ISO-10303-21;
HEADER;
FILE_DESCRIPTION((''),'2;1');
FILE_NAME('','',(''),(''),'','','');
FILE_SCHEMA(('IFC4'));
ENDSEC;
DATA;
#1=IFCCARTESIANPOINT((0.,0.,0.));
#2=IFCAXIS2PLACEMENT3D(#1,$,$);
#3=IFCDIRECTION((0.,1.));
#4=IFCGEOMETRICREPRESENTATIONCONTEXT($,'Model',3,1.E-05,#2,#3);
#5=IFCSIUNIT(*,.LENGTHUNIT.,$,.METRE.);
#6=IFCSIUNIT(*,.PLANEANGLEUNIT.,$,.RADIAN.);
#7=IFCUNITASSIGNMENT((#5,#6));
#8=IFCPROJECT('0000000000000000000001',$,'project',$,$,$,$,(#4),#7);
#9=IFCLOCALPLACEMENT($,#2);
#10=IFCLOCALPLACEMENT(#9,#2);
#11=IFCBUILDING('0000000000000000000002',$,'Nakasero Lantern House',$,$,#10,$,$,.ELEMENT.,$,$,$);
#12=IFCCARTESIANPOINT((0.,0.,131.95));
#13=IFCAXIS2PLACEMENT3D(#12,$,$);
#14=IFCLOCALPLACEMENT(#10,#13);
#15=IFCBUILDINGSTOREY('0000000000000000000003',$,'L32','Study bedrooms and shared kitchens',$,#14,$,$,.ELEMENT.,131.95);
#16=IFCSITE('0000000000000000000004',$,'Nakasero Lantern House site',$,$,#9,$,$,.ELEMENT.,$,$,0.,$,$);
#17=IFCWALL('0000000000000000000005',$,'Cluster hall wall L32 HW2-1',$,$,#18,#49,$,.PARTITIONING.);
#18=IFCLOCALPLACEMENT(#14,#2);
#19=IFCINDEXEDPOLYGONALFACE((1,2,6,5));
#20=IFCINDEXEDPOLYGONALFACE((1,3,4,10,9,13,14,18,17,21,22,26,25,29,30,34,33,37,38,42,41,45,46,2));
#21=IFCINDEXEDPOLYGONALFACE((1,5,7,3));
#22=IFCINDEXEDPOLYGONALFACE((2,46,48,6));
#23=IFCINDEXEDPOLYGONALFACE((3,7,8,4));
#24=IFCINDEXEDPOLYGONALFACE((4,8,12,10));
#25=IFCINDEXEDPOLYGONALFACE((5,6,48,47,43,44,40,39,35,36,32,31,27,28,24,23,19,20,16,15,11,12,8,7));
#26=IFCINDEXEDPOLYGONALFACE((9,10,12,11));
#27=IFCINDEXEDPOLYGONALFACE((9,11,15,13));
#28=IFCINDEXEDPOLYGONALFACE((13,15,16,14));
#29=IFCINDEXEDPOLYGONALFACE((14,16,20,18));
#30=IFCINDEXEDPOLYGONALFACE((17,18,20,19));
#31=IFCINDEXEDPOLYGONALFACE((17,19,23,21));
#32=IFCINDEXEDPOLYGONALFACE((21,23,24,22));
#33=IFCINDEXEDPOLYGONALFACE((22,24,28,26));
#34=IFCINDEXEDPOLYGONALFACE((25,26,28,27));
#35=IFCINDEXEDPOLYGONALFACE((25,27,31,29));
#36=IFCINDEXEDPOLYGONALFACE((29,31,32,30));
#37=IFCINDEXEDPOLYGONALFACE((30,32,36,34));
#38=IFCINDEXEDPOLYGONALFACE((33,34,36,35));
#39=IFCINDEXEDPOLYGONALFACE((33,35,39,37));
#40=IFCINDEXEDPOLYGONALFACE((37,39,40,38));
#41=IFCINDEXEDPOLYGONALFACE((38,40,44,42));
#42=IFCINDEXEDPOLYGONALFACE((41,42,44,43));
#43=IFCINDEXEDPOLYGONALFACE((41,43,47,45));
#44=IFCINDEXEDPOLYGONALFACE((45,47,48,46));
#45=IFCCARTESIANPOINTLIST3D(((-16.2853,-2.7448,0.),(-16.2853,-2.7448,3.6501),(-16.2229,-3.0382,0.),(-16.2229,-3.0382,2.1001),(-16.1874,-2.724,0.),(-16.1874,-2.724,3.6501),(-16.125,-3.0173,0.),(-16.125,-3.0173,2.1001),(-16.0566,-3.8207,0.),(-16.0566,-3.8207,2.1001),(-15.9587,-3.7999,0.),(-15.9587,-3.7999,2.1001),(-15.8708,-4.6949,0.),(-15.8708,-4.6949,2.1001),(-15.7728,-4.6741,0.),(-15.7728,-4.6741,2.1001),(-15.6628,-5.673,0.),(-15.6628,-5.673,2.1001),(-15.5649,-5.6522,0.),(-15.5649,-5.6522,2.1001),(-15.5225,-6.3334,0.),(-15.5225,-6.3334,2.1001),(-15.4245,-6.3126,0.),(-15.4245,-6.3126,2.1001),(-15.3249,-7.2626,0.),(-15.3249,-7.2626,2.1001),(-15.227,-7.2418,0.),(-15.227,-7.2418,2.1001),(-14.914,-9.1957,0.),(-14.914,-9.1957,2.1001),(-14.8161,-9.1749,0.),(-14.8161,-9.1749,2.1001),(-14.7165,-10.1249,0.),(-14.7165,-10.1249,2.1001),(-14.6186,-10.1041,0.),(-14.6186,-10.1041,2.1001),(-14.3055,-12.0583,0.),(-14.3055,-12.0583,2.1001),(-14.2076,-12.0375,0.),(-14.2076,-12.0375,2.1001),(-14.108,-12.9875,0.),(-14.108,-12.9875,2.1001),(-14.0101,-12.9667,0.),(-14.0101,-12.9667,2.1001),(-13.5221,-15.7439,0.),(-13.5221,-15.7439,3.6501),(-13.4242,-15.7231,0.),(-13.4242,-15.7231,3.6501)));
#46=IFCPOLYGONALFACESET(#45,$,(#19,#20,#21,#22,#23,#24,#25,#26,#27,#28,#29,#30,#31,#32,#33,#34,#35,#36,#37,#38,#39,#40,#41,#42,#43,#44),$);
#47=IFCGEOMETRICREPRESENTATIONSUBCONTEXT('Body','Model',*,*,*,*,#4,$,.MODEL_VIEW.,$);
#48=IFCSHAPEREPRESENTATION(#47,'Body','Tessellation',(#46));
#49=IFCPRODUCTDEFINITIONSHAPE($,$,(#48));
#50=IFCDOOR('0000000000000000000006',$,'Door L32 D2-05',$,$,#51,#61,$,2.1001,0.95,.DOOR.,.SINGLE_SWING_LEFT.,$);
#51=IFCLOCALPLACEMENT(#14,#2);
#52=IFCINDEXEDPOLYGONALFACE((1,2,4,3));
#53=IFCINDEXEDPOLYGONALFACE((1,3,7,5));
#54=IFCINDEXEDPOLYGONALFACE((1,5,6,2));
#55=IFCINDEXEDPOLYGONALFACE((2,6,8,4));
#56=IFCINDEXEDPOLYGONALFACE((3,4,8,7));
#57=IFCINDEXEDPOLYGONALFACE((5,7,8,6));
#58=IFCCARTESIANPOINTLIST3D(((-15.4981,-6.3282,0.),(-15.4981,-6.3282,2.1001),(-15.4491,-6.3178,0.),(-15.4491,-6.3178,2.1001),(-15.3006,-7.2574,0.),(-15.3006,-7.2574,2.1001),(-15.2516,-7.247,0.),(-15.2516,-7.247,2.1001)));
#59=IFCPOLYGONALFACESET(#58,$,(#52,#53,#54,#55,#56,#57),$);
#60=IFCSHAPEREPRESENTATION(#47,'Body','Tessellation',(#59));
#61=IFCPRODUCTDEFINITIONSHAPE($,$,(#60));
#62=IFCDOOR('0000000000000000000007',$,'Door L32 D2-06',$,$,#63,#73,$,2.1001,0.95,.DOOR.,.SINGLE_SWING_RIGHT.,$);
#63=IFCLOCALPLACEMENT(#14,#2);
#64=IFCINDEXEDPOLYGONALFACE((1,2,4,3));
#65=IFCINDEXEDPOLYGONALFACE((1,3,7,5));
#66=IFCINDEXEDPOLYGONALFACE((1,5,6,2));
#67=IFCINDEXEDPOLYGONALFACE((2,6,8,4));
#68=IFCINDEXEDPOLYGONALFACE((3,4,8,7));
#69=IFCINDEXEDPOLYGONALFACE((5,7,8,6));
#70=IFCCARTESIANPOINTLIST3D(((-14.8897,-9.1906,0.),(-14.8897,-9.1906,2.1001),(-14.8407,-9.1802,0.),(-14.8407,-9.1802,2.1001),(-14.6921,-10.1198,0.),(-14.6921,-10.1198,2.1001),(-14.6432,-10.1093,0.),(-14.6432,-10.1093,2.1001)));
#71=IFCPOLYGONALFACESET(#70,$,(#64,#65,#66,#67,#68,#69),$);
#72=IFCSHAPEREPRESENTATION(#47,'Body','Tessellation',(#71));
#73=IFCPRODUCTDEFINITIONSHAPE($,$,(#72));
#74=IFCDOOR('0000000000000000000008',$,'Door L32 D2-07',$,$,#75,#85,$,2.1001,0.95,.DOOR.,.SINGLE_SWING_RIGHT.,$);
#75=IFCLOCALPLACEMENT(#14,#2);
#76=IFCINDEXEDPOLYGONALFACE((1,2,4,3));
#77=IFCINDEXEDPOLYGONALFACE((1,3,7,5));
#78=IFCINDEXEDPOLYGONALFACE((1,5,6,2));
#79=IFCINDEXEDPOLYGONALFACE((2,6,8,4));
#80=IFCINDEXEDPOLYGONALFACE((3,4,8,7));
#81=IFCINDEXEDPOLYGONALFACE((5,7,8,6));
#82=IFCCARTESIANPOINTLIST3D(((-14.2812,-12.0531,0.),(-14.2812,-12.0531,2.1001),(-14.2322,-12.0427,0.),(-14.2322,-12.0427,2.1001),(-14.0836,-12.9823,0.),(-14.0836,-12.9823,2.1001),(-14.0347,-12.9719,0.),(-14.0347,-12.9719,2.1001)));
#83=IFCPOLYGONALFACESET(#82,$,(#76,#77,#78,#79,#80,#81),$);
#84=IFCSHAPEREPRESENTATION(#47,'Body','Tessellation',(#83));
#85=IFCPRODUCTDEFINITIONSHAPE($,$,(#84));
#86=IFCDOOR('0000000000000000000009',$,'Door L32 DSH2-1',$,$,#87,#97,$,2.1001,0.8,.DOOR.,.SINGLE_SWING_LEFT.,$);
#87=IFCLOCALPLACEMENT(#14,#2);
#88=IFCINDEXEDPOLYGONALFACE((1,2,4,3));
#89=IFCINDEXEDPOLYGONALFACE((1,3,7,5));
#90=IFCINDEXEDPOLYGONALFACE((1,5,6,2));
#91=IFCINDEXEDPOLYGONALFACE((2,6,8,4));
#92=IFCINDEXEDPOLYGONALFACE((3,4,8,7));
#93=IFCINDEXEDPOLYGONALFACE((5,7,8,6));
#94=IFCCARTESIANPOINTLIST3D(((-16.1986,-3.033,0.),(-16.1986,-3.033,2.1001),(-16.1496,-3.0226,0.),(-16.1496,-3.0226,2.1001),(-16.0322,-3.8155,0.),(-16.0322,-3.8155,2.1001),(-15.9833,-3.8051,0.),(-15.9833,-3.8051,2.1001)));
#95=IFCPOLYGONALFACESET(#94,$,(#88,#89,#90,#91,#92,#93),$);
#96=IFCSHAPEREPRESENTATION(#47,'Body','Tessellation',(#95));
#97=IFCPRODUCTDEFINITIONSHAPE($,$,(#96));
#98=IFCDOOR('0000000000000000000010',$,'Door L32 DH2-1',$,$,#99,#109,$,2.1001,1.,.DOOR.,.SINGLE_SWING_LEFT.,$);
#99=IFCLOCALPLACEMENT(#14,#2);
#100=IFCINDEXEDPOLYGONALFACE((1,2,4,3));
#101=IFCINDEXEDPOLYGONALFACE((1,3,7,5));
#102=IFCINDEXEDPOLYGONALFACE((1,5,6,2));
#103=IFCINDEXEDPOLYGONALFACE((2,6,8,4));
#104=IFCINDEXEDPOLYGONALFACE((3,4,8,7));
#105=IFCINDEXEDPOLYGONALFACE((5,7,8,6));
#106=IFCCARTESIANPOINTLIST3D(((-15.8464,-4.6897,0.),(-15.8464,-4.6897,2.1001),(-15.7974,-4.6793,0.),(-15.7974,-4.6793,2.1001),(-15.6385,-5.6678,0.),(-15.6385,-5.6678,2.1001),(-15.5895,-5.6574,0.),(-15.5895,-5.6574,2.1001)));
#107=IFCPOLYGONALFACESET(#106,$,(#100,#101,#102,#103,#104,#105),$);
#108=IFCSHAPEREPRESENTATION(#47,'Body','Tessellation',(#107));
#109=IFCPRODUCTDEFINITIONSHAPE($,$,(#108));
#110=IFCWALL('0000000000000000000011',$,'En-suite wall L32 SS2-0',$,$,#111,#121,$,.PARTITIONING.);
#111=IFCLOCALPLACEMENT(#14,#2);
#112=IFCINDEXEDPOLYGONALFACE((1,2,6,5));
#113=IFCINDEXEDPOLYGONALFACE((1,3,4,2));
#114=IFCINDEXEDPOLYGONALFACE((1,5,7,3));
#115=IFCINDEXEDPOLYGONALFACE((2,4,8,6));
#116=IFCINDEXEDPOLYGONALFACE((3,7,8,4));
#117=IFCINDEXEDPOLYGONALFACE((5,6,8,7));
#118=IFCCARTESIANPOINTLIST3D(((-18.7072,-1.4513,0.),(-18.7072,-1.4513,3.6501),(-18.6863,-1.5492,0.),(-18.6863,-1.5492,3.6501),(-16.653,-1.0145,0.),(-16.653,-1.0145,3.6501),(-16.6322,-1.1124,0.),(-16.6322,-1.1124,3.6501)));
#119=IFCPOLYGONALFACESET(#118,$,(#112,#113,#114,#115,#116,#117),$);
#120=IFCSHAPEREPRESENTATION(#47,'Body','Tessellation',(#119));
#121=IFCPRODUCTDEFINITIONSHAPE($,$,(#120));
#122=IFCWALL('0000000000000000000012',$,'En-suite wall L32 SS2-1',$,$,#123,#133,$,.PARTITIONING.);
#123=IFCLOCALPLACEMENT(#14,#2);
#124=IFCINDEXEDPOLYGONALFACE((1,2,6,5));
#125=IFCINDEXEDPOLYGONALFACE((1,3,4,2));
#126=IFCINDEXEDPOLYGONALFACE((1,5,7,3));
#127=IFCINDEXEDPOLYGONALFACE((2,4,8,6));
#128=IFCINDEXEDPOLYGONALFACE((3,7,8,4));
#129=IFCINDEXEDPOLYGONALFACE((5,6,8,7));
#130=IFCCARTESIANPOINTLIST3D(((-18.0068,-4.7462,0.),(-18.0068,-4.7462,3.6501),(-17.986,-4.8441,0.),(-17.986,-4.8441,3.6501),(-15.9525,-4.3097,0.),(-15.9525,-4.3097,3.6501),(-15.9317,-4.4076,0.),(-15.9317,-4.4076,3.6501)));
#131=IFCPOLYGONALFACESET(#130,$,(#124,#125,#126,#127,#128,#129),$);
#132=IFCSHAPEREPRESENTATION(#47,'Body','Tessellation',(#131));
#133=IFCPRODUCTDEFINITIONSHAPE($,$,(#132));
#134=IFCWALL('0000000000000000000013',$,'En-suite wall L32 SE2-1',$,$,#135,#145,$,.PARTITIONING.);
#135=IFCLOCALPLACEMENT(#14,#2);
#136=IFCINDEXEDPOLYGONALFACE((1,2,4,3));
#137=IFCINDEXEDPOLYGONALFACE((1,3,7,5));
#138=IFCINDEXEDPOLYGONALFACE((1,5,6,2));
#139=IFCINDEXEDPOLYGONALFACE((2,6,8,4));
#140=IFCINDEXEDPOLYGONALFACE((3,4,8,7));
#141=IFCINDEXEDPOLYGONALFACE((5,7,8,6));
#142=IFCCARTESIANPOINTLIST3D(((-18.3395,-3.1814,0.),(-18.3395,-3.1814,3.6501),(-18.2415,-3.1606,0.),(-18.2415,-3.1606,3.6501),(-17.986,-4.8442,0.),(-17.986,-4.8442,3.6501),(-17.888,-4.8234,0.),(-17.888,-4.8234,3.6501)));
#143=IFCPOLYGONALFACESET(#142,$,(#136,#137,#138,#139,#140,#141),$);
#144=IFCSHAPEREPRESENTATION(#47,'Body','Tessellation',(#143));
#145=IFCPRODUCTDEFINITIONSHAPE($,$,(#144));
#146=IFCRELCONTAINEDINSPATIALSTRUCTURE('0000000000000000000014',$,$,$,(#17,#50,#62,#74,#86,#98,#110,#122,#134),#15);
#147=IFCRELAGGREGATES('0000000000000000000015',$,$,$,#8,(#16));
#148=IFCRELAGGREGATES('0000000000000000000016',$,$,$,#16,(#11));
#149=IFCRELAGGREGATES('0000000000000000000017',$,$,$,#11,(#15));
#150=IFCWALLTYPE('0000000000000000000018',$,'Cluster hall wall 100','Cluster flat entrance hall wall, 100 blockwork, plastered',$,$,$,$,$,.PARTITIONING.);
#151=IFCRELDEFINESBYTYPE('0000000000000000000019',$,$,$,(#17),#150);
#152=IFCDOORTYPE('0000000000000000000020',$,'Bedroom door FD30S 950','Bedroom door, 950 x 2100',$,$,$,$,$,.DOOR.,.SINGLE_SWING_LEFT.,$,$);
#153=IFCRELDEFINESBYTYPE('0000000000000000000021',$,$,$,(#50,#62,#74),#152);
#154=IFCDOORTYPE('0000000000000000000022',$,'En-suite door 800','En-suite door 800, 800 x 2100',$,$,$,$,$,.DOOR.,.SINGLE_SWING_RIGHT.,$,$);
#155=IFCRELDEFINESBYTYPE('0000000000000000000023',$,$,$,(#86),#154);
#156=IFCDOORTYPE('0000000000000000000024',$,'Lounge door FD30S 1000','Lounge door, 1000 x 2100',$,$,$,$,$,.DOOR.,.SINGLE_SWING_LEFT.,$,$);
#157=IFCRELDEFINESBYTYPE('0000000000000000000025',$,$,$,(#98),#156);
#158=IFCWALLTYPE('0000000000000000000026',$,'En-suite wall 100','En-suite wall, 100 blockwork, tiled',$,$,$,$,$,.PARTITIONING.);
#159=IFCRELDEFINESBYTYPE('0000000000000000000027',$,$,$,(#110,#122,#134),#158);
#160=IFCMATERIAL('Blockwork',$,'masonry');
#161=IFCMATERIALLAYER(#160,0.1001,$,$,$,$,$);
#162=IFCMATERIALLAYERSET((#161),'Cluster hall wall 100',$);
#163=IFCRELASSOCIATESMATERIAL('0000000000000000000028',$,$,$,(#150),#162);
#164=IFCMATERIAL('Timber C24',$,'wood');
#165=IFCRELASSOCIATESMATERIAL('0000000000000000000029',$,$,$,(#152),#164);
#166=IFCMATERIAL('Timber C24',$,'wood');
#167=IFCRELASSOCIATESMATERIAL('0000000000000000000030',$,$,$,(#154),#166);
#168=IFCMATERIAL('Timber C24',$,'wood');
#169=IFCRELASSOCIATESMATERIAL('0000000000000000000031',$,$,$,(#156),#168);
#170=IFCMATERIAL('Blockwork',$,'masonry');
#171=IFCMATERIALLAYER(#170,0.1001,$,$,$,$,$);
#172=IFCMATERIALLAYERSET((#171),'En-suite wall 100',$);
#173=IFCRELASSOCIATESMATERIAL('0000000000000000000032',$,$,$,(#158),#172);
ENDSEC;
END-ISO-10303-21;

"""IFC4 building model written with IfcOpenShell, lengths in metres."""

from ifc_helpers import new_model, si_unit, direction, frame, frame_2d, origin, place, context, subcontext, project, spatial, rectangle, extrude, material, layer, layer_set, type_object, element, fill, save


model = new_model("IFC4")

# Units and contexts
model_context = context("Model", 3, precision=1e-05, world=origin(), true_north=direction((0.0, 1.0)))
body_context = subcontext(model_context, "Body", "Model", "MODEL_VIEW")
ifc_project = project(units=[si_unit("LENGTHUNIT", "METRE"), si_unit("PLANEANGLEUNIT", "RADIAN")], contexts=[model_context])

# Site, building, storey
site_placement = place(None, origin())
site = spatial("IfcSite", under=ifc_project, at=site_placement, Name="Nakasero Lantern House site", CompositionType="ELEMENT", RefElevation=0.0)
building_placement = place(site_placement, origin())
building = spatial("IfcBuilding", under=site, at=building_placement, Name="Nakasero Lantern House", CompositionType="ELEMENT")
storey_placement = place(building_placement, frame((0.0, 0.0, 131.95)))
storey = spatial("IfcBuildingStorey", under=building, at=storey_placement, Name="L32", Description="Study bedrooms and shared kitchens", CompositionType="ELEMENT", Elevation=131.95)

# Wall, openings, doors
ifc_material_1 = material(Name="Blockwork", Category="masonry")
ifc_layer_1 = layer(ifc_material_1, 0.1001)
ifc_layer_set_1 = layer_set([ifc_layer_1], Name="Cluster hall wall 100")
wall_type_1 = type_object("IfcWallType", Name="Cluster hall wall 100", Description="Cluster flat entrance hall wall, 100 blockwork, plastered", PredefinedType="PARTITIONING", material=ifc_layer_set_1)
wall_1_placement = place(storey_placement, frame((-16.2363, -2.7344, 0.0), z_axis=(0.0, 0.0, 1.0), x_axis=(0.207923, -0.978145, 0.0)))
wall_1 = element("IfcWall", 1, at=wall_1_placement, inside=storey, type_object=wall_type_1, Name="Cluster hall wall L32 HW2-1", PredefinedType="PARTITIONING", context=body_context, shape_type="SweptSolid", body=[
    extrude(rectangle(XDim=13.2896, YDim=0.1001, at=frame_2d((6.6448, 0.0))), origin(), (0.0, 0.0, 1.0), 3.6501),
])
opening_1_placement = place(wall_1_placement, frame((1.9937, 0.0, 0.0)))
opening_1 = element("IfcOpeningElement", 2, at=opening_1_placement, cuts=wall_1, PredefinedType="OPENING", context=body_context, shape_type="SweptSolid", body=[
    extrude(rectangle(XDim=1.0, YDim=2.1001, at=frame_2d((0.5, 1.05))), frame((0.0, 0.0701, 0.0), z_axis=(0.0, -1.0, 0.0), x_axis=(1.0, 0.0, 0.0)), (0.0, 0.0, 1.0), 0.1401),
])
opening_2_placement = place(wall_1_placement, frame((0.3, 0.0, 0.0)))
opening_2 = element("IfcOpeningElement", 3, at=opening_2_placement, cuts=wall_1, PredefinedType="OPENING", context=body_context, shape_type="SweptSolid", body=[
    extrude(rectangle(XDim=0.8, YDim=2.1001, at=frame_2d((0.3999, 1.05))), frame((0.0, 0.0701, 0.0), z_axis=(0.0, -1.0, 0.0), x_axis=(1.0, 0.0, 0.0)), (0.0, 0.0, 1.0), 0.1401),
])
opening_3_placement = place(wall_1_placement, frame((3.6687, 0.0, 0.0)))
opening_3 = element("IfcOpeningElement", 4, at=opening_3_placement, cuts=wall_1, PredefinedType="OPENING", context=body_context, shape_type="SweptSolid", body=[
    extrude(rectangle(XDim=0.95, YDim=2.1001, at=frame_2d((0.4751, 1.05))), frame((0.0, 0.0701, 0.0), z_axis=(0.0, -1.0, 0.0), x_axis=(1.0, 0.0, 0.0)), (0.0, 0.0, 1.0), 0.1401),
])
opening_4_placement = place(wall_1_placement, frame((6.595, 0.0, 0.0)))
opening_4 = element("IfcOpeningElement", 5, at=opening_4_placement, cuts=wall_1, PredefinedType="OPENING", context=body_context, shape_type="SweptSolid", body=[
    extrude(rectangle(XDim=0.95, YDim=2.1001, at=frame_2d((0.4751, 1.05))), frame((0.0, 0.0701, 0.0), z_axis=(0.0, -1.0, 0.0), x_axis=(1.0, 0.0, 0.0)), (0.0, 0.0, 1.0), 0.1401),
])
opening_5_placement = place(wall_1_placement, frame((9.5215, 0.0, 0.0)))
opening_5 = element("IfcOpeningElement", 6, at=opening_5_placement, cuts=wall_1, PredefinedType="OPENING", context=body_context, shape_type="SweptSolid", body=[
    extrude(rectangle(XDim=0.95, YDim=2.1001, at=frame_2d((0.4751, 1.05))), frame((0.0, 0.0701, 0.0), z_axis=(0.0, -1.0, 0.0), x_axis=(1.0, 0.0, 0.0)), (0.0, 0.0, 1.0), 0.1401),
])
ifc_material_2 = material(Name="Timber C24", Category="wood")
door_type_1 = type_object("IfcDoorType", Name="Bedroom door FD30S 950", Description="Bedroom door, 950 x 2100", OperationType="SINGLE_SWING_LEFT", PredefinedType="DOOR", material=ifc_material_2)
door_1_placement = place(opening_3_placement, origin())
door_1 = element("IfcDoor", 7, at=door_1_placement, inside=storey, type_object=door_type_1, Name="Door L32 D2-05", OperationType="SINGLE_SWING_LEFT", OverallHeight=2.1001, OverallWidth=0.95, PredefinedType="DOOR", context=body_context, shape_type="SweptSolid", body=[
    extrude(rectangle(XDim=0.95, YDim=2.1001, at=frame_2d((0.4751, 1.05))), frame((0.0, 0.0249, 0.0), z_axis=(0.0, -1.0, 0.0), x_axis=(1.0, 0.0, 0.0)), (0.0, 0.0, 1.0), 0.05),
])
fill(opening_3, door_1)
door_2_placement = place(opening_4_placement, origin())
door_2 = element("IfcDoor", 8, at=door_2_placement, inside=storey, type_object=door_type_1, Name="Door L32 D2-06", OperationType="SINGLE_SWING_RIGHT", OverallHeight=2.1001, OverallWidth=0.95, PredefinedType="DOOR", context=body_context, shape_type="SweptSolid", body=[
    extrude(rectangle(XDim=0.95, YDim=2.1001, at=frame_2d((0.4751, 1.05))), frame((0.0, 0.0249, 0.0), z_axis=(0.0, -1.0, 0.0), x_axis=(1.0, 0.0, 0.0)), (0.0, 0.0, 1.0), 0.05),
])
fill(opening_4, door_2)
door_3_placement = place(opening_5_placement, origin())
door_3 = element("IfcDoor", 9, at=door_3_placement, inside=storey, type_object=door_type_1, Name="Door L32 D2-07", OperationType="SINGLE_SWING_RIGHT", OverallHeight=2.1001, OverallWidth=0.95, PredefinedType="DOOR", context=body_context, shape_type="SweptSolid", body=[
    extrude(rectangle(XDim=0.95, YDim=2.1001, at=frame_2d((0.4751, 1.05))), frame((0.0, 0.0249, 0.0), z_axis=(0.0, -1.0, 0.0), x_axis=(1.0, 0.0, 0.0)), (0.0, 0.0, 1.0), 0.05),
])
fill(opening_5, door_3)
ifc_material_3 = material(Name="Timber C24", Category="wood")
door_type_2 = type_object("IfcDoorType", Name="En-suite door 800", Description="En-suite door 800, 800 x 2100", OperationType="SINGLE_SWING_RIGHT", PredefinedType="DOOR", material=ifc_material_3)
door_4_placement = place(opening_2_placement, origin())
door_4 = element("IfcDoor", 10, at=door_4_placement, inside=storey, type_object=door_type_2, Name="Door L32 DSH2-1", OperationType="SINGLE_SWING_LEFT", OverallHeight=2.1001, OverallWidth=0.8, PredefinedType="DOOR", context=body_context, shape_type="SweptSolid", body=[
    extrude(rectangle(XDim=0.8, YDim=2.1001, at=frame_2d((0.3999, 1.05))), frame((0.0, 0.0249, 0.0), z_axis=(0.0, -1.0, 0.0), x_axis=(1.0, 0.0, 0.0)), (0.0, 0.0, 1.0), 0.05),
])
fill(opening_2, door_4)
ifc_material_4 = material(Name="Timber C24", Category="wood")
door_type_3 = type_object("IfcDoorType", Name="Lounge door FD30S 1000", Description="Lounge door, 1000 x 2100", OperationType="SINGLE_SWING_LEFT", PredefinedType="DOOR", material=ifc_material_4)
door_5_placement = place(opening_1_placement, origin())
door_5 = element("IfcDoor", 11, at=door_5_placement, inside=storey, type_object=door_type_3, Name="Door L32 DH2-1", OperationType="SINGLE_SWING_LEFT", OverallHeight=2.1001, OverallWidth=1.0, PredefinedType="DOOR", context=body_context, shape_type="SweptSolid", body=[
    extrude(rectangle(XDim=1.0, YDim=2.1001, at=frame_2d((0.5, 1.05))), frame((0.0, 0.0249, 0.0), z_axis=(0.0, -1.0, 0.0), x_axis=(1.0, 0.0, 0.0)), (0.0, 0.0, 1.0), 0.05),
])
fill(opening_1, door_5)

# Walls
ifc_material_5 = material(Name="Blockwork", Category="masonry")
ifc_layer_2 = layer(ifc_material_5, 0.1001)
ifc_layer_set_2 = layer_set([ifc_layer_2], Name="En-suite wall 100")
wall_type_2 = type_object("IfcWallType", Name="En-suite wall 100", Description="En-suite wall, 100 blockwork, tiled", PredefinedType="PARTITIONING", material=ifc_layer_set_2)
for number, where, z_axis, x_axis, name in (
    (12, (-16.6426, -1.0635, 0.0), (0.0, 0.0, 1.0), (-0.978135, -0.207973, 0.0), "En-suite wall L32 SS2-0"),
    (13, (-15.9421, -4.3586, 0.0), (0.0, 0.0, 1.0), (-0.978158, -0.207862, 0.0), "En-suite wall L32 SS2-1"),
):
    element("IfcWall", number, at=place(storey_placement, frame(where, z_axis=z_axis, x_axis=x_axis)), inside=storey, type_object=wall_type_2, Name=name, PredefinedType="PARTITIONING", context=body_context, shape_type="SweptSolid", body=[
        extrude(rectangle(XDim=2.1001, YDim=0.1001, at=frame_2d((1.05, 0.0))), origin(), (0.0, 0.0, 1.0), 3.6501),
    ])
wall_2_placement = place(storey_placement, frame((-18.2905, -3.1709, 0.0), z_axis=(0.0, 0.0, 1.0), x_axis=(0.20795, -0.97814, 0.0)))
element("IfcWall", 14, at=wall_2_placement, inside=storey, type_object=wall_type_2, Name="En-suite wall L32 SE2-1", PredefinedType="PARTITIONING", context=body_context, shape_type="SweptSolid", body=[
    extrude(rectangle(XDim=1.7, YDim=0.1001, at=frame_2d((0.8501, 0.0))), origin(), (0.0, 0.0, 1.0), 3.6501),
])

save(model, "model.ifc")
